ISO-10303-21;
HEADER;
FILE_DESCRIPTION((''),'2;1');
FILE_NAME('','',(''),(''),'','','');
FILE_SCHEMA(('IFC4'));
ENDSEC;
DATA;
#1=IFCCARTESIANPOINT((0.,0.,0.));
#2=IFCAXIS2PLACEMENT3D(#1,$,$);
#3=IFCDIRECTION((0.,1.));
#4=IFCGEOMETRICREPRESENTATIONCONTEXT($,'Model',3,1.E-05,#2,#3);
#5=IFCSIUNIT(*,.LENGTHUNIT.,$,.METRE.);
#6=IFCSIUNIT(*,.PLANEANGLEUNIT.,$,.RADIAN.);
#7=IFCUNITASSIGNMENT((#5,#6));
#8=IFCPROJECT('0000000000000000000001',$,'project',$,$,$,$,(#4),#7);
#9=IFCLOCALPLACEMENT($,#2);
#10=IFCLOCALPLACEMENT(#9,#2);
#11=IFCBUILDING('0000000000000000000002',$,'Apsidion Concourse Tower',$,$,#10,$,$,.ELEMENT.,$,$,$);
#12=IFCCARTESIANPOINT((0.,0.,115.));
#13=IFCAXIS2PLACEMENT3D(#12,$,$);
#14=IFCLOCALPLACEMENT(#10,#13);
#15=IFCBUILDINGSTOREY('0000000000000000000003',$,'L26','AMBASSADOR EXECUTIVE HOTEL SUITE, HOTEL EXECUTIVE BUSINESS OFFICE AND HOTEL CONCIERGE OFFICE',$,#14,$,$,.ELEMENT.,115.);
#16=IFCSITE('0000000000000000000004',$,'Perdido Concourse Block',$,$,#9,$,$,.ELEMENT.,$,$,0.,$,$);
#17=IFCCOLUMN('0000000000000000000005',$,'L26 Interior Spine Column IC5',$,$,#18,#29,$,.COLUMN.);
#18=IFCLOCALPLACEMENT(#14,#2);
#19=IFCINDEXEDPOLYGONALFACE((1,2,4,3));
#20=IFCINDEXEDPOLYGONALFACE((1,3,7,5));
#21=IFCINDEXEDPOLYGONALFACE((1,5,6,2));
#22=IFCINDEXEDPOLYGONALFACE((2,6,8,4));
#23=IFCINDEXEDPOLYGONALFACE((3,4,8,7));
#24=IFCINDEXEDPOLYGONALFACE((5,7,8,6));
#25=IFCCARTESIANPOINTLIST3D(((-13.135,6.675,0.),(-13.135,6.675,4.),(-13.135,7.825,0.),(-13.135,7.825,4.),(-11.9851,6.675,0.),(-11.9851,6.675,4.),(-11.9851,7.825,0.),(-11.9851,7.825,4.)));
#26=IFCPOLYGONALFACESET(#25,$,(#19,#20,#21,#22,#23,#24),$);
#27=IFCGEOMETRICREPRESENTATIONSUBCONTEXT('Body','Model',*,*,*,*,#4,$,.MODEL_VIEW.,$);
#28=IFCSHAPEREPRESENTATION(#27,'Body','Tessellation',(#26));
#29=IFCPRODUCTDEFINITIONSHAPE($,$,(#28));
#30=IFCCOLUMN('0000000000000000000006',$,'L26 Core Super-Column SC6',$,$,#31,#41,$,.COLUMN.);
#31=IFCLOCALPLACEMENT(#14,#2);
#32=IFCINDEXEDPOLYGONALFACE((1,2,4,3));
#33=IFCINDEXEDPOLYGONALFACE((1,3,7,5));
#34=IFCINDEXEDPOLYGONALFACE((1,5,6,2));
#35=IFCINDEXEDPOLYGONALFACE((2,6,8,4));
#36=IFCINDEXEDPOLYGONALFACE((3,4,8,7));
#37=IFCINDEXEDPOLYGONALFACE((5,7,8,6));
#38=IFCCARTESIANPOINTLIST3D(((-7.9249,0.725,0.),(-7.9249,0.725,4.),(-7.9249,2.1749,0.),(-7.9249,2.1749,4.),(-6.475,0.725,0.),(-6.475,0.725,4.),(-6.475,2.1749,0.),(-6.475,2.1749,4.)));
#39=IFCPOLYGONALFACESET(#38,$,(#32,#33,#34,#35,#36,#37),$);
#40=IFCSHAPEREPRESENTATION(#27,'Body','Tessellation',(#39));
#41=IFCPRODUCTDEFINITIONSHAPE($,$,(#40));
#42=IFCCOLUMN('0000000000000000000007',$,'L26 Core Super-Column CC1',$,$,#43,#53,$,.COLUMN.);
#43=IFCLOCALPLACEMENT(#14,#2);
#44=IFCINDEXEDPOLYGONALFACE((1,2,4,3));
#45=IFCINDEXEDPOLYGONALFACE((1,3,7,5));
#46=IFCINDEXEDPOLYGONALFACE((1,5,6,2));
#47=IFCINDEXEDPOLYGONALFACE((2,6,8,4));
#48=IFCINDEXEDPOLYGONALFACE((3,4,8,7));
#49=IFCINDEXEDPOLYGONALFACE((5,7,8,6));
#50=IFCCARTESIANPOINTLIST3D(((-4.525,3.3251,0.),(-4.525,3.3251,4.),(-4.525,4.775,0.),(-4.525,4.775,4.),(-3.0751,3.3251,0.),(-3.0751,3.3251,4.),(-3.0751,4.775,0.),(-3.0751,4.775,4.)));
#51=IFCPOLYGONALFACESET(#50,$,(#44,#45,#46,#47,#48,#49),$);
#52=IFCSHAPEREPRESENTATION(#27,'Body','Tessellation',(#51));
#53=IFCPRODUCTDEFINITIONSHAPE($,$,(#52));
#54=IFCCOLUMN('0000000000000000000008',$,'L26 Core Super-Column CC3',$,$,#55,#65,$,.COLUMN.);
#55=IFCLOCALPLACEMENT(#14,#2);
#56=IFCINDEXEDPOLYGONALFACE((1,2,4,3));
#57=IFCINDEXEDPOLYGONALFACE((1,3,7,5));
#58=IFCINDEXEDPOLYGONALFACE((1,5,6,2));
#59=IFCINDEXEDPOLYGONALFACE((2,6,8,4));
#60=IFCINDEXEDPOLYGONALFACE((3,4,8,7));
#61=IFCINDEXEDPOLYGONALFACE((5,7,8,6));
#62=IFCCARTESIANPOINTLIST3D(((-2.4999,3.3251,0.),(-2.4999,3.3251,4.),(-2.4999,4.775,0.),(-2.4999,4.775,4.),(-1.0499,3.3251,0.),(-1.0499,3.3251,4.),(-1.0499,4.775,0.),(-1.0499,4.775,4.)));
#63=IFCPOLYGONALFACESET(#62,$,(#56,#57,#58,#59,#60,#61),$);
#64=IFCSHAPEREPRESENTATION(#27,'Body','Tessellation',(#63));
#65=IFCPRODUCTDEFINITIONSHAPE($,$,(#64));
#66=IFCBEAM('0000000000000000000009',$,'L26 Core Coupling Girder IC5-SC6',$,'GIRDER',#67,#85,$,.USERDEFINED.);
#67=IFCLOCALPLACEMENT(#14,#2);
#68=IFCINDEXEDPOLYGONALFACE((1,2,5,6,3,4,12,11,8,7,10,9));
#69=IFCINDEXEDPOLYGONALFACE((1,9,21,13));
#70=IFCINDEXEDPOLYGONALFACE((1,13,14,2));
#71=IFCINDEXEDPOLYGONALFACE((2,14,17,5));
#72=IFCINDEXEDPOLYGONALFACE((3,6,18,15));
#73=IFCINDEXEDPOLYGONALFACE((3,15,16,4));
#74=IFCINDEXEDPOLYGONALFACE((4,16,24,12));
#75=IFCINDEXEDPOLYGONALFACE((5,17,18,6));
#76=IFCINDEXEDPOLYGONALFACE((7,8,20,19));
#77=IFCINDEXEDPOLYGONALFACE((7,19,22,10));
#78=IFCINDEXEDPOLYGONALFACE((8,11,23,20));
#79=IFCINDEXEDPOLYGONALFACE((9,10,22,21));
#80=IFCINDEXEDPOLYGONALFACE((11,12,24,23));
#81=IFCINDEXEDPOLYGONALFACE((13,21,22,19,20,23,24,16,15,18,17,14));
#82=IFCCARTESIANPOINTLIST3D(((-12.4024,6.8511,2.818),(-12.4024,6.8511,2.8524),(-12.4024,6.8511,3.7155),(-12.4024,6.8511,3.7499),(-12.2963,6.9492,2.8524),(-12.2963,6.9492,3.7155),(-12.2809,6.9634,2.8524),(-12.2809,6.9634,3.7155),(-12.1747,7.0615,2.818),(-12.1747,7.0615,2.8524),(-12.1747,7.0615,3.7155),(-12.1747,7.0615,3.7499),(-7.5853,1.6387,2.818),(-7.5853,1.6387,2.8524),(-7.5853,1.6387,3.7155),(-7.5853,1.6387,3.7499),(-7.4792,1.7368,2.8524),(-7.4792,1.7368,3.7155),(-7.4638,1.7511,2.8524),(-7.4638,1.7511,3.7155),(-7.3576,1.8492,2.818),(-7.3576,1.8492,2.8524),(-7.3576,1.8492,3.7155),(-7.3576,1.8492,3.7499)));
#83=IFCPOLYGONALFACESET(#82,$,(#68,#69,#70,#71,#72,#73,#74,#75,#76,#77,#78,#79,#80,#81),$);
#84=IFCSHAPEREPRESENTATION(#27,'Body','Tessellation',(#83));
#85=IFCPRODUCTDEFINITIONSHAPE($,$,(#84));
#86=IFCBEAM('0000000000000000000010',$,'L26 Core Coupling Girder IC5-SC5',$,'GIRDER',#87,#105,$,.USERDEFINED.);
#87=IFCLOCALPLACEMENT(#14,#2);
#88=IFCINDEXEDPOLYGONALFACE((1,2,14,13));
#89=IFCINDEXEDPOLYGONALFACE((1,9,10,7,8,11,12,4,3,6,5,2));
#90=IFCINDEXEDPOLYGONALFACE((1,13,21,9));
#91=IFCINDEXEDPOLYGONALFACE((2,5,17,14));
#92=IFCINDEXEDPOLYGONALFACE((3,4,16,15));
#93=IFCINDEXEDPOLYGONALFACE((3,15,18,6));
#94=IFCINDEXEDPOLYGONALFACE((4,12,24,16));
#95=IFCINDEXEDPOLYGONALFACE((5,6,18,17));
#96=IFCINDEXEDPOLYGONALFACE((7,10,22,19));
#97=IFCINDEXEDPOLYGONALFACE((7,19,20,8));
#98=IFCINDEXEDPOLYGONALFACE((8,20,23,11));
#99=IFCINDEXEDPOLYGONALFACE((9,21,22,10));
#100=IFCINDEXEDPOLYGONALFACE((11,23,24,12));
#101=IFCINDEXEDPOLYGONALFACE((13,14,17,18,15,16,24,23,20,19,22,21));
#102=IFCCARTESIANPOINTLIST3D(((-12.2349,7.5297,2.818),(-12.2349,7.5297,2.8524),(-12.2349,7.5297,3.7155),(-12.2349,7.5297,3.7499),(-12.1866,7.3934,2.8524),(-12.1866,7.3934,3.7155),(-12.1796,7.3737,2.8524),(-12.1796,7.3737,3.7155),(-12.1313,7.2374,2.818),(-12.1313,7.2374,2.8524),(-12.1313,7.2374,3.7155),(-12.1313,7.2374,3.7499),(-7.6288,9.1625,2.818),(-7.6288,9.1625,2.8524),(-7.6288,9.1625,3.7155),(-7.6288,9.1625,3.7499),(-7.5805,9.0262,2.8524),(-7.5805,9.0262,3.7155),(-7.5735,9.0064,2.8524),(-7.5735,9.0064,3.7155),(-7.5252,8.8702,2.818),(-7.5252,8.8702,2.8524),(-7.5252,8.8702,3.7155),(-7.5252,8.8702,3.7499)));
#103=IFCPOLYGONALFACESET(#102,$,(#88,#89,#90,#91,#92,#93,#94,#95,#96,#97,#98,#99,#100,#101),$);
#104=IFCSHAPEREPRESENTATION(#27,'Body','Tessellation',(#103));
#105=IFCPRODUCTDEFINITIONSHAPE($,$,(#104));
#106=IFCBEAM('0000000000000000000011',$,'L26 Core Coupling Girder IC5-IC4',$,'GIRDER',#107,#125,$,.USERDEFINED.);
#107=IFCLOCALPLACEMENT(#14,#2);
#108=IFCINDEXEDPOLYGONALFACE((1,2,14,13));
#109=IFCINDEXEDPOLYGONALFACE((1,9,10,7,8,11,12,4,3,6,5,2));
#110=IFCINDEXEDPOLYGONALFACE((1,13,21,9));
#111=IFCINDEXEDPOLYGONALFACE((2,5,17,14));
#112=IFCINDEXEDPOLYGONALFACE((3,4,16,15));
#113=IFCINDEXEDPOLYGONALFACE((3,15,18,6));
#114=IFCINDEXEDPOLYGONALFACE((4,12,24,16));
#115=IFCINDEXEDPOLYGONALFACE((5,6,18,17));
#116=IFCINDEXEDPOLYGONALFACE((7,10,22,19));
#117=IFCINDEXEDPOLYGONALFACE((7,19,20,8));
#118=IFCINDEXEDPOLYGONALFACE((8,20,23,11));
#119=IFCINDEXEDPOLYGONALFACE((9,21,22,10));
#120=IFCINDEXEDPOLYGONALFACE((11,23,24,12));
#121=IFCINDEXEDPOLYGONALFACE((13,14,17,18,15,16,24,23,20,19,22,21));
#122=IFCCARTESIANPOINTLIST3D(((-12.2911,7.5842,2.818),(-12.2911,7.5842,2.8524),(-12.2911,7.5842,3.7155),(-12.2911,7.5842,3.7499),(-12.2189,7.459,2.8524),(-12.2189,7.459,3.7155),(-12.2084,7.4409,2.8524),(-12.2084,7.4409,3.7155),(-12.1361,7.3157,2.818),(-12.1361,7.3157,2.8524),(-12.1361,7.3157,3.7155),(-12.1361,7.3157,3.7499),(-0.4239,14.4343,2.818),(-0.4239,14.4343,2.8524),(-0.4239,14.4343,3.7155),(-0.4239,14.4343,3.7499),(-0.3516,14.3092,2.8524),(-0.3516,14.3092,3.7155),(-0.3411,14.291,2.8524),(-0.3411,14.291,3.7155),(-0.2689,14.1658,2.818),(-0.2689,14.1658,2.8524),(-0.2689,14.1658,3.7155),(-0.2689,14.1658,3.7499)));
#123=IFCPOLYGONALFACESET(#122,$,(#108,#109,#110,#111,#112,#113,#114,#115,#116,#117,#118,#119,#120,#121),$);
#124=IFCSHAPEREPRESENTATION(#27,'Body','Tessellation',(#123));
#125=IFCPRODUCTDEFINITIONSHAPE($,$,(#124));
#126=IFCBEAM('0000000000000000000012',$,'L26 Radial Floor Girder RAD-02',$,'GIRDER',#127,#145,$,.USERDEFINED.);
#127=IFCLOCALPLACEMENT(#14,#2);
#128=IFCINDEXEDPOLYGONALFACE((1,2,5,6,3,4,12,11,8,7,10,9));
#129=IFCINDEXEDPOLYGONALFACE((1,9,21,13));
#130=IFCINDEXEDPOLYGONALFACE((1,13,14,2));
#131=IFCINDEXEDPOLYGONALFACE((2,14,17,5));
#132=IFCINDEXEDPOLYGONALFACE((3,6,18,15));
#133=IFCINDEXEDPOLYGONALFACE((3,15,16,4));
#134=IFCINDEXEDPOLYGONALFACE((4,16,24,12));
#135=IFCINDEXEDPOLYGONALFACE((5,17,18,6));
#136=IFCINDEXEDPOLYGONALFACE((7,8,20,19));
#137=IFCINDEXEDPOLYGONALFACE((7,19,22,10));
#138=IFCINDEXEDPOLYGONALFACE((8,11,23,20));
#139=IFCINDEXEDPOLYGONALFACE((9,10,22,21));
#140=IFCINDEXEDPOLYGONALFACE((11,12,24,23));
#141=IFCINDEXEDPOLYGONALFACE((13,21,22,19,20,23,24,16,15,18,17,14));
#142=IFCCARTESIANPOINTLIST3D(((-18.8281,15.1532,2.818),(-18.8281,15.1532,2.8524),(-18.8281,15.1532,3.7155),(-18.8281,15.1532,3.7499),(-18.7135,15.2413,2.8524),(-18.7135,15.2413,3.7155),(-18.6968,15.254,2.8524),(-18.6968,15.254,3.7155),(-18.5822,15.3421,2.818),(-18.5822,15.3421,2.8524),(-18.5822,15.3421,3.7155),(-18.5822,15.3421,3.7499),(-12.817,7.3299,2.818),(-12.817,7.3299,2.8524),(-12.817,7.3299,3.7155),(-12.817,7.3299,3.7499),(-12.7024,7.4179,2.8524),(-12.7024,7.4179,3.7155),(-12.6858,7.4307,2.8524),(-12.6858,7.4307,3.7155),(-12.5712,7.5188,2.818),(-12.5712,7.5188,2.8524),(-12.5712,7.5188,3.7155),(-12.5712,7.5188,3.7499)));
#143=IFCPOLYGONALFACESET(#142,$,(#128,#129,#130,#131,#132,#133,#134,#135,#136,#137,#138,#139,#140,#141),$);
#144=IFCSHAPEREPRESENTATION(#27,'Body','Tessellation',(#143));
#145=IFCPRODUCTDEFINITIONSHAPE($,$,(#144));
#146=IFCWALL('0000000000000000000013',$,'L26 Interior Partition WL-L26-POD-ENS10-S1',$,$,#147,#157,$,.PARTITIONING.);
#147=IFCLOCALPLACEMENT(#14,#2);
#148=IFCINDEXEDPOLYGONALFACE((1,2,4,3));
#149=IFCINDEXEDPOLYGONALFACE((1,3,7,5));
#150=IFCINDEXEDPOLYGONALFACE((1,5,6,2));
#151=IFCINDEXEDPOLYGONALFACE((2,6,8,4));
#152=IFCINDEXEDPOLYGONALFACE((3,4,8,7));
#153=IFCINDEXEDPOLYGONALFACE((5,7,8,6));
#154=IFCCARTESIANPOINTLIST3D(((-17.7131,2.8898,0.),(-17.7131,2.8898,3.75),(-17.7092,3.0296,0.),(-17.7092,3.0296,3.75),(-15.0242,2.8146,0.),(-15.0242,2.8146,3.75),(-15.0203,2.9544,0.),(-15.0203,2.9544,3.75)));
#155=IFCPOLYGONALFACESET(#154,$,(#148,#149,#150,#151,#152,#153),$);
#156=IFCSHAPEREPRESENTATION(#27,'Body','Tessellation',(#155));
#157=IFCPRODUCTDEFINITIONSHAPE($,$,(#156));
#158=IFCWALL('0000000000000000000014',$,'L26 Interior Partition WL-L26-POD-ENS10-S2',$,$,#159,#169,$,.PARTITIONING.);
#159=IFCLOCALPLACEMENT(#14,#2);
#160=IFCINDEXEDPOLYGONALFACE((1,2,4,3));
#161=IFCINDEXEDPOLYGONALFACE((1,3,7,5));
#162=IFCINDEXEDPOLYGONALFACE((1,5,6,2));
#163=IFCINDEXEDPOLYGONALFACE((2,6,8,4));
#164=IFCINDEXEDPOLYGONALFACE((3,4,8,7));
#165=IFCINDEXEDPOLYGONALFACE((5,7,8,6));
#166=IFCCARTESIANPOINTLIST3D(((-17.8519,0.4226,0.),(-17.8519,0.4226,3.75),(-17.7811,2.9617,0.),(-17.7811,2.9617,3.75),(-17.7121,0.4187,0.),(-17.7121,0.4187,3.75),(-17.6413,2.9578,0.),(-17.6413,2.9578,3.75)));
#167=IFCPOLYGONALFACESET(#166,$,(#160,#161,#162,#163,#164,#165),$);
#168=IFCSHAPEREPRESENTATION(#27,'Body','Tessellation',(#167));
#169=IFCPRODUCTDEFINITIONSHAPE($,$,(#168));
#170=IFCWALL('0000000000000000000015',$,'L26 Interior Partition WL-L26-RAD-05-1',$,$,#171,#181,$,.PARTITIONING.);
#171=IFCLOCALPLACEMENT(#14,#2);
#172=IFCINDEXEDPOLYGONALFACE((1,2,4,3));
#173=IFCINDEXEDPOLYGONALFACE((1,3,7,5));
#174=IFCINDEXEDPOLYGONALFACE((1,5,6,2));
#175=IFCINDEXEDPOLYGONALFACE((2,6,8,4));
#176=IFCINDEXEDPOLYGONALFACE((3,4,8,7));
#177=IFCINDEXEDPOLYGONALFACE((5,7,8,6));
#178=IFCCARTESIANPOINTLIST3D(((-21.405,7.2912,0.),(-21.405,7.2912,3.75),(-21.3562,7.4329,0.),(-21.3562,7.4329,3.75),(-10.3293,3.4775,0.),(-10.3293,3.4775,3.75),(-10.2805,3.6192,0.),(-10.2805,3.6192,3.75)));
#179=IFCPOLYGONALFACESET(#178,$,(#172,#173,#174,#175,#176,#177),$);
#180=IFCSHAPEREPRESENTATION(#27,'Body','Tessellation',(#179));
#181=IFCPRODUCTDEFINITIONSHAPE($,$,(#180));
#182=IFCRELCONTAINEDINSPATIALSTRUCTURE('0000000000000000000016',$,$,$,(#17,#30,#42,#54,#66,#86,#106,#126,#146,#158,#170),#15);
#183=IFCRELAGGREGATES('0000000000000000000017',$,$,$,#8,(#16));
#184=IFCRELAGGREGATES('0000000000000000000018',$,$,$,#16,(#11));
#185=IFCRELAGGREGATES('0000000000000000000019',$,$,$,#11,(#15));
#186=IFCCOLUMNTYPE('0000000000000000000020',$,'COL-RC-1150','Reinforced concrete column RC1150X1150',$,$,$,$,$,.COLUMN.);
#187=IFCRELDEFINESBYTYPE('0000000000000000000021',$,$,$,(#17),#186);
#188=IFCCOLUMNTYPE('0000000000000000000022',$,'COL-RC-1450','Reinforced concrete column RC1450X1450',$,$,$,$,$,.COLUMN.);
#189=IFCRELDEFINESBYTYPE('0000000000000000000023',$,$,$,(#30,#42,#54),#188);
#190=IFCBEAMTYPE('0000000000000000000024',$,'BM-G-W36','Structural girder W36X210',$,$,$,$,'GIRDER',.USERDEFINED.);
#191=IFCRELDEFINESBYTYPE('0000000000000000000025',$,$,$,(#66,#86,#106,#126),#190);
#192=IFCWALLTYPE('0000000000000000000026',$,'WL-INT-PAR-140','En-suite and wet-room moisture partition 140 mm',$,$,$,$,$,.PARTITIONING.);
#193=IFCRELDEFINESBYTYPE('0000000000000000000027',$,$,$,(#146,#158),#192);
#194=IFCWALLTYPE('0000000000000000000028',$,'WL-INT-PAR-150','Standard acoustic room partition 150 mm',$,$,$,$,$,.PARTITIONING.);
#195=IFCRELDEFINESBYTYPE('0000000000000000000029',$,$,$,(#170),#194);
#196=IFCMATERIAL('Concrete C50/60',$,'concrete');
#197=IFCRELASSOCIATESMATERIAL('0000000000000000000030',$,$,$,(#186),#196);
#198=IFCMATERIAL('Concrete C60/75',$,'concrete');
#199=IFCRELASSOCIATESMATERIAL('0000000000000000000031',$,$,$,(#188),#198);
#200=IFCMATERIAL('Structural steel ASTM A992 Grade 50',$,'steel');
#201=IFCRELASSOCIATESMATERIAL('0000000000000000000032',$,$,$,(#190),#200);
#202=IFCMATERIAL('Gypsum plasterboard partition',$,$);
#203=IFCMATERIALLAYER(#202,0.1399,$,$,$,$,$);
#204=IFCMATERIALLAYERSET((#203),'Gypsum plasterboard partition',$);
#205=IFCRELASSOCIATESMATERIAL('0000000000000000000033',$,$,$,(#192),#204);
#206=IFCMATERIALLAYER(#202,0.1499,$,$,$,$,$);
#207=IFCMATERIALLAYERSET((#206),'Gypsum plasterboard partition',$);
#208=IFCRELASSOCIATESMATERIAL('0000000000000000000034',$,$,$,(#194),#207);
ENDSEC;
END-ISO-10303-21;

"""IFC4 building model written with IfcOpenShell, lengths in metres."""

from ifc_helpers import new_model, si_unit, direction, frame, frame_2d, origin, origin_2d, place, context, subcontext, project, spatial, rectangle, i_section, extrude, material, layer, layer_set, material_profile, profile_set, type_object, element, save


model = new_model("IFC4")

# Units and contexts
model_context = context("Model", 3, precision=1e-05, world=origin(), true_north=direction((0.0, 1.0)))
body_context = subcontext(model_context, "Body", "Model", "MODEL_VIEW")
ifc_project = project(units=[si_unit("LENGTHUNIT", "METRE"), si_unit("PLANEANGLEUNIT", "RADIAN")], contexts=[model_context])

# Site, building, storey
site_placement = place(None, origin())
site = spatial("IfcSite", under=ifc_project, at=site_placement, Name="Perdido Concourse Block", CompositionType="ELEMENT", RefElevation=0.0)
building_placement = place(site_placement, origin())
building = spatial("IfcBuilding", under=site, at=building_placement, Name="Apsidion Concourse Tower", CompositionType="ELEMENT")
storey_placement = place(building_placement, frame((0.0, 0.0, 115.0)))
storey = spatial("IfcBuildingStorey", under=building, at=storey_placement, Name="L26", Description="AMBASSADOR EXECUTIVE HOTEL SUITE, HOTEL EXECUTIVE BUSINESS OFFICE AND HOTEL CONCIERGE OFFICE", CompositionType="ELEMENT", Elevation=115.0)

# Columns
ifc_material_1 = material(Name="Concrete C50/60", Category="concrete")
ifc_material_profile_1 = material_profile(ifc_material_1, rectangle(XDim=1.1499, YDim=1.1499, at=origin_2d()), Name="RC 1150x1150")
ifc_profile_set_1 = profile_set([ifc_material_profile_1], Name="Concrete C50/60")
column_type_1 = type_object("IfcColumnType", Name="COL-RC-1150", Description="Reinforced concrete column RC1150X1150", PredefinedType="COLUMN", material=ifc_profile_set_1)
column_placement = place(storey_placement, frame((-12.5601, 7.25, 0.0), z_axis=(0.0, 0.0, 1.0), x_axis=(1.0, 0.0, 0.0)))
element("IfcColumn", 1, at=column_placement, inside=storey, type_object=column_type_1, Name="L26 Interior Spine Column IC5", PredefinedType="COLUMN", context=body_context, shape_type="SweptSolid", body=[
    extrude(rectangle(XDim=1.1499, YDim=1.1499, at=origin_2d()), origin(), (0.0, 0.0, 1.0), 4.0),
])
ifc_material_2 = material(Name="Concrete C60/75", Category="concrete")
ifc_material_profile_2 = material_profile(ifc_material_2, rectangle(XDim=1.45, YDim=1.45, at=origin_2d()), Name="RC 1450x1450")
ifc_profile_set_2 = profile_set([ifc_material_profile_2], Name="Concrete C60/75")
column_type_2 = type_object("IfcColumnType", Name="COL-RC-1450", Description="Reinforced concrete column RC1450X1450", PredefinedType="COLUMN", material=ifc_profile_set_2)
for number, where, z_axis, x_axis, name in (
    (2, (-7.2, 1.45, 0.0), (0.0, 0.0, 1.0), (1.0, 0.0, 0.0), "L26 Core Super-Column SC6"),
    (3, (-3.8, 4.05, 0.0), (0.0, 0.0, 1.0), (1.0, 0.0, 0.0), "L26 Core Super-Column CC1"),
    (4, (-1.7749, 4.05, 0.0), (0.0, 0.0, 1.0), (1.0, 0.0, 0.0), "L26 Core Super-Column CC3"),
):
    element("IfcColumn", number, at=place(storey_placement, frame(where, z_axis=z_axis, x_axis=x_axis)), inside=storey, type_object=column_type_2, Name=name, PredefinedType="COLUMN", context=body_context, shape_type="SweptSolid", body=[
        extrude(rectangle(XDim=1.45, YDim=1.45, at=origin_2d()), origin(), (0.0, 0.0, 1.0), 4.0),
    ])

# Beams
ifc_material_3 = material(Name="Structural steel ASTM A992 Grade 50", Category="steel")
ifc_material_profile_3 = material_profile(ifc_material_3, i_section(OverallWidth=0.3101, OverallDepth=0.9319, WebThickness=0.021, FlangeThickness=0.0344, at=origin_2d()), Name="W36X210")
ifc_profile_set_3 = profile_set([ifc_material_profile_3], Name="Structural steel ASTM A992 Grade 50")
beam_type = type_object("IfcBeamType", Name="BM-G-W36", Description="Structural girder W36X210", ElementType="GIRDER", PredefinedType="USERDEFINED", material=ifc_profile_set_3)
beam_1_placement = place(storey_placement, frame((-12.2886, 6.9563, 3.2839), z_axis=(0.678713, -0.734404, 0.0), x_axis=(0.734404, 0.678713, 0.0)))
element("IfcBeam", 5, at=beam_1_placement, inside=storey, type_object=beam_type, Name="L26 Core Coupling Girder IC5-SC6", ObjectType="GIRDER", PredefinedType="USERDEFINED", context=body_context, shape_type="SweptSolid", body=[
    extrude(i_section(OverallWidth=0.3101, OverallDepth=0.9319, WebThickness=0.021, FlangeThickness=0.0344, at=origin_2d()), origin(), (0.0, 0.0, 1.0), 7.0974),
])
beam_2_placement = place(storey_placement, frame((-12.1831, 7.3835, 3.2839), z_axis=(0.942534, 0.334111, 0.0), x_axis=(-0.334111, 0.942534, 0.0)))
element("IfcBeam", 6, at=beam_2_placement, inside=storey, type_object=beam_type, Name="L26 Core Coupling Girder IC5-SC5", ObjectType="GIRDER", PredefinedType="USERDEFINED", context=body_context, shape_type="SweptSolid", body=[
    extrude(i_section(OverallWidth=0.3101, OverallDepth=0.9319, WebThickness=0.021, FlangeThickness=0.0344, at=origin_2d()), origin(), (0.0, 0.0, 1.0), 4.887),
])
beam_3_placement = place(storey_placement, frame((-12.2136, 7.45, 3.2839), z_axis=(0.86607, 0.499922, 0.0), x_axis=(-0.499922, 0.86607, 0.0)))
element("IfcBeam", 7, at=beam_3_placement, inside=storey, type_object=beam_type, Name="L26 Core Coupling Girder IC5-IC4", ObjectType="GIRDER", PredefinedType="USERDEFINED", context=body_context, shape_type="SweptSolid", body=[
    extrude(i_section(OverallWidth=0.3101, OverallDepth=0.9319, WebThickness=0.021, FlangeThickness=0.0344, at=origin_2d()), origin(), (0.0, 0.0, 1.0), 13.7024),
])
beam_4_placement = place(storey_placement, frame((-12.6941, 7.4243, 3.2839), z_axis=(-0.609272, 0.792961, 0.0), x_axis=(-0.792961, -0.609272, 0.0)))
element("IfcBeam", 8, at=beam_4_placement, inside=storey, type_object=beam_type, Name="L26 Radial Floor Girder RAD-02", ObjectType="GIRDER", PredefinedType="USERDEFINED", context=body_context, shape_type="SweptSolid", body=[
    extrude(i_section(OverallWidth=0.3101, OverallDepth=0.9319, WebThickness=0.021, FlangeThickness=0.0344, at=origin_2d()), origin(), (0.0, 0.0, 1.0), 9.866),
])

# Walls
ifc_material_4 = material(Name="Gypsum plasterboard partition")
ifc_layer_1 = layer(ifc_material_4, 0.1399)
ifc_layer_set_1 = layer_set([ifc_layer_1], Name="Gypsum plasterboard partition")
wall_type_1 = type_object("IfcWallType", Name="WL-INT-PAR-140", Description="En-suite and wet-room moisture partition 140 mm", PredefinedType="PARTITIONING", material=ifc_layer_set_1)
wall_1_placement = place(storey_placement, frame((-15.0222, 2.8845, 0.0), z_axis=(0.0, 0.0, 1.0), x_axis=(-0.999609, 0.027953, 0.0)))
element("IfcWall", 9, at=wall_1_placement, inside=storey, type_object=wall_type_1, Name="L26 Interior Partition WL-L26-POD-ENS10-S1", PredefinedType="PARTITIONING", context=body_context, shape_type="SweptSolid", body=[
    extrude(rectangle(XDim=2.6899, YDim=0.1399, at=frame_2d((1.345, 0.0))), origin(), (0.0, 0.0, 1.0), 3.75),
])
wall_2_placement = place(storey_placement, frame((-17.7112, 2.9597, 0.0), z_axis=(0.0, 0.0, 1.0), x_axis=(-0.027874, -0.999611, 0.0)))
element("IfcWall", 10, at=wall_2_placement, inside=storey, type_object=wall_type_1, Name="L26 Interior Partition WL-L26-POD-ENS10-S2", PredefinedType="PARTITIONING", context=body_context, shape_type="SweptSolid", body=[
    extrude(rectangle(XDim=2.54, YDim=0.1399, at=frame_2d((1.27, 0.0))), origin(), (0.0, 0.0, 1.0), 3.75),
])
ifc_layer_2 = layer(ifc_material_4, 0.1499)
ifc_layer_set_2 = layer_set([ifc_layer_2], Name="Gypsum plasterboard partition")
wall_type_2 = type_object("IfcWallType", Name="WL-INT-PAR-150", Description="Standard acoustic room partition 150 mm", PredefinedType="PARTITIONING", material=ifc_layer_set_2)
wall_3_placement = place(storey_placement, frame((-10.3049, 3.5483, 0.0), z_axis=(0.0, 0.0, 1.0), x_axis=(-0.945517, 0.325573, 0.0)))
element("IfcWall", 11, at=wall_3_placement, inside=storey, type_object=wall_type_2, Name="L26 Interior Partition WL-L26-RAD-05-1", PredefinedType="PARTITIONING", context=body_context, shape_type="SweptSolid", body=[
    extrude(rectangle(XDim=11.7139, YDim=0.1499, at=frame_2d((5.8569, 0.0))), origin(), (0.0, 0.0, 1.0), 3.75),
])

save(model, "model.ifc")
